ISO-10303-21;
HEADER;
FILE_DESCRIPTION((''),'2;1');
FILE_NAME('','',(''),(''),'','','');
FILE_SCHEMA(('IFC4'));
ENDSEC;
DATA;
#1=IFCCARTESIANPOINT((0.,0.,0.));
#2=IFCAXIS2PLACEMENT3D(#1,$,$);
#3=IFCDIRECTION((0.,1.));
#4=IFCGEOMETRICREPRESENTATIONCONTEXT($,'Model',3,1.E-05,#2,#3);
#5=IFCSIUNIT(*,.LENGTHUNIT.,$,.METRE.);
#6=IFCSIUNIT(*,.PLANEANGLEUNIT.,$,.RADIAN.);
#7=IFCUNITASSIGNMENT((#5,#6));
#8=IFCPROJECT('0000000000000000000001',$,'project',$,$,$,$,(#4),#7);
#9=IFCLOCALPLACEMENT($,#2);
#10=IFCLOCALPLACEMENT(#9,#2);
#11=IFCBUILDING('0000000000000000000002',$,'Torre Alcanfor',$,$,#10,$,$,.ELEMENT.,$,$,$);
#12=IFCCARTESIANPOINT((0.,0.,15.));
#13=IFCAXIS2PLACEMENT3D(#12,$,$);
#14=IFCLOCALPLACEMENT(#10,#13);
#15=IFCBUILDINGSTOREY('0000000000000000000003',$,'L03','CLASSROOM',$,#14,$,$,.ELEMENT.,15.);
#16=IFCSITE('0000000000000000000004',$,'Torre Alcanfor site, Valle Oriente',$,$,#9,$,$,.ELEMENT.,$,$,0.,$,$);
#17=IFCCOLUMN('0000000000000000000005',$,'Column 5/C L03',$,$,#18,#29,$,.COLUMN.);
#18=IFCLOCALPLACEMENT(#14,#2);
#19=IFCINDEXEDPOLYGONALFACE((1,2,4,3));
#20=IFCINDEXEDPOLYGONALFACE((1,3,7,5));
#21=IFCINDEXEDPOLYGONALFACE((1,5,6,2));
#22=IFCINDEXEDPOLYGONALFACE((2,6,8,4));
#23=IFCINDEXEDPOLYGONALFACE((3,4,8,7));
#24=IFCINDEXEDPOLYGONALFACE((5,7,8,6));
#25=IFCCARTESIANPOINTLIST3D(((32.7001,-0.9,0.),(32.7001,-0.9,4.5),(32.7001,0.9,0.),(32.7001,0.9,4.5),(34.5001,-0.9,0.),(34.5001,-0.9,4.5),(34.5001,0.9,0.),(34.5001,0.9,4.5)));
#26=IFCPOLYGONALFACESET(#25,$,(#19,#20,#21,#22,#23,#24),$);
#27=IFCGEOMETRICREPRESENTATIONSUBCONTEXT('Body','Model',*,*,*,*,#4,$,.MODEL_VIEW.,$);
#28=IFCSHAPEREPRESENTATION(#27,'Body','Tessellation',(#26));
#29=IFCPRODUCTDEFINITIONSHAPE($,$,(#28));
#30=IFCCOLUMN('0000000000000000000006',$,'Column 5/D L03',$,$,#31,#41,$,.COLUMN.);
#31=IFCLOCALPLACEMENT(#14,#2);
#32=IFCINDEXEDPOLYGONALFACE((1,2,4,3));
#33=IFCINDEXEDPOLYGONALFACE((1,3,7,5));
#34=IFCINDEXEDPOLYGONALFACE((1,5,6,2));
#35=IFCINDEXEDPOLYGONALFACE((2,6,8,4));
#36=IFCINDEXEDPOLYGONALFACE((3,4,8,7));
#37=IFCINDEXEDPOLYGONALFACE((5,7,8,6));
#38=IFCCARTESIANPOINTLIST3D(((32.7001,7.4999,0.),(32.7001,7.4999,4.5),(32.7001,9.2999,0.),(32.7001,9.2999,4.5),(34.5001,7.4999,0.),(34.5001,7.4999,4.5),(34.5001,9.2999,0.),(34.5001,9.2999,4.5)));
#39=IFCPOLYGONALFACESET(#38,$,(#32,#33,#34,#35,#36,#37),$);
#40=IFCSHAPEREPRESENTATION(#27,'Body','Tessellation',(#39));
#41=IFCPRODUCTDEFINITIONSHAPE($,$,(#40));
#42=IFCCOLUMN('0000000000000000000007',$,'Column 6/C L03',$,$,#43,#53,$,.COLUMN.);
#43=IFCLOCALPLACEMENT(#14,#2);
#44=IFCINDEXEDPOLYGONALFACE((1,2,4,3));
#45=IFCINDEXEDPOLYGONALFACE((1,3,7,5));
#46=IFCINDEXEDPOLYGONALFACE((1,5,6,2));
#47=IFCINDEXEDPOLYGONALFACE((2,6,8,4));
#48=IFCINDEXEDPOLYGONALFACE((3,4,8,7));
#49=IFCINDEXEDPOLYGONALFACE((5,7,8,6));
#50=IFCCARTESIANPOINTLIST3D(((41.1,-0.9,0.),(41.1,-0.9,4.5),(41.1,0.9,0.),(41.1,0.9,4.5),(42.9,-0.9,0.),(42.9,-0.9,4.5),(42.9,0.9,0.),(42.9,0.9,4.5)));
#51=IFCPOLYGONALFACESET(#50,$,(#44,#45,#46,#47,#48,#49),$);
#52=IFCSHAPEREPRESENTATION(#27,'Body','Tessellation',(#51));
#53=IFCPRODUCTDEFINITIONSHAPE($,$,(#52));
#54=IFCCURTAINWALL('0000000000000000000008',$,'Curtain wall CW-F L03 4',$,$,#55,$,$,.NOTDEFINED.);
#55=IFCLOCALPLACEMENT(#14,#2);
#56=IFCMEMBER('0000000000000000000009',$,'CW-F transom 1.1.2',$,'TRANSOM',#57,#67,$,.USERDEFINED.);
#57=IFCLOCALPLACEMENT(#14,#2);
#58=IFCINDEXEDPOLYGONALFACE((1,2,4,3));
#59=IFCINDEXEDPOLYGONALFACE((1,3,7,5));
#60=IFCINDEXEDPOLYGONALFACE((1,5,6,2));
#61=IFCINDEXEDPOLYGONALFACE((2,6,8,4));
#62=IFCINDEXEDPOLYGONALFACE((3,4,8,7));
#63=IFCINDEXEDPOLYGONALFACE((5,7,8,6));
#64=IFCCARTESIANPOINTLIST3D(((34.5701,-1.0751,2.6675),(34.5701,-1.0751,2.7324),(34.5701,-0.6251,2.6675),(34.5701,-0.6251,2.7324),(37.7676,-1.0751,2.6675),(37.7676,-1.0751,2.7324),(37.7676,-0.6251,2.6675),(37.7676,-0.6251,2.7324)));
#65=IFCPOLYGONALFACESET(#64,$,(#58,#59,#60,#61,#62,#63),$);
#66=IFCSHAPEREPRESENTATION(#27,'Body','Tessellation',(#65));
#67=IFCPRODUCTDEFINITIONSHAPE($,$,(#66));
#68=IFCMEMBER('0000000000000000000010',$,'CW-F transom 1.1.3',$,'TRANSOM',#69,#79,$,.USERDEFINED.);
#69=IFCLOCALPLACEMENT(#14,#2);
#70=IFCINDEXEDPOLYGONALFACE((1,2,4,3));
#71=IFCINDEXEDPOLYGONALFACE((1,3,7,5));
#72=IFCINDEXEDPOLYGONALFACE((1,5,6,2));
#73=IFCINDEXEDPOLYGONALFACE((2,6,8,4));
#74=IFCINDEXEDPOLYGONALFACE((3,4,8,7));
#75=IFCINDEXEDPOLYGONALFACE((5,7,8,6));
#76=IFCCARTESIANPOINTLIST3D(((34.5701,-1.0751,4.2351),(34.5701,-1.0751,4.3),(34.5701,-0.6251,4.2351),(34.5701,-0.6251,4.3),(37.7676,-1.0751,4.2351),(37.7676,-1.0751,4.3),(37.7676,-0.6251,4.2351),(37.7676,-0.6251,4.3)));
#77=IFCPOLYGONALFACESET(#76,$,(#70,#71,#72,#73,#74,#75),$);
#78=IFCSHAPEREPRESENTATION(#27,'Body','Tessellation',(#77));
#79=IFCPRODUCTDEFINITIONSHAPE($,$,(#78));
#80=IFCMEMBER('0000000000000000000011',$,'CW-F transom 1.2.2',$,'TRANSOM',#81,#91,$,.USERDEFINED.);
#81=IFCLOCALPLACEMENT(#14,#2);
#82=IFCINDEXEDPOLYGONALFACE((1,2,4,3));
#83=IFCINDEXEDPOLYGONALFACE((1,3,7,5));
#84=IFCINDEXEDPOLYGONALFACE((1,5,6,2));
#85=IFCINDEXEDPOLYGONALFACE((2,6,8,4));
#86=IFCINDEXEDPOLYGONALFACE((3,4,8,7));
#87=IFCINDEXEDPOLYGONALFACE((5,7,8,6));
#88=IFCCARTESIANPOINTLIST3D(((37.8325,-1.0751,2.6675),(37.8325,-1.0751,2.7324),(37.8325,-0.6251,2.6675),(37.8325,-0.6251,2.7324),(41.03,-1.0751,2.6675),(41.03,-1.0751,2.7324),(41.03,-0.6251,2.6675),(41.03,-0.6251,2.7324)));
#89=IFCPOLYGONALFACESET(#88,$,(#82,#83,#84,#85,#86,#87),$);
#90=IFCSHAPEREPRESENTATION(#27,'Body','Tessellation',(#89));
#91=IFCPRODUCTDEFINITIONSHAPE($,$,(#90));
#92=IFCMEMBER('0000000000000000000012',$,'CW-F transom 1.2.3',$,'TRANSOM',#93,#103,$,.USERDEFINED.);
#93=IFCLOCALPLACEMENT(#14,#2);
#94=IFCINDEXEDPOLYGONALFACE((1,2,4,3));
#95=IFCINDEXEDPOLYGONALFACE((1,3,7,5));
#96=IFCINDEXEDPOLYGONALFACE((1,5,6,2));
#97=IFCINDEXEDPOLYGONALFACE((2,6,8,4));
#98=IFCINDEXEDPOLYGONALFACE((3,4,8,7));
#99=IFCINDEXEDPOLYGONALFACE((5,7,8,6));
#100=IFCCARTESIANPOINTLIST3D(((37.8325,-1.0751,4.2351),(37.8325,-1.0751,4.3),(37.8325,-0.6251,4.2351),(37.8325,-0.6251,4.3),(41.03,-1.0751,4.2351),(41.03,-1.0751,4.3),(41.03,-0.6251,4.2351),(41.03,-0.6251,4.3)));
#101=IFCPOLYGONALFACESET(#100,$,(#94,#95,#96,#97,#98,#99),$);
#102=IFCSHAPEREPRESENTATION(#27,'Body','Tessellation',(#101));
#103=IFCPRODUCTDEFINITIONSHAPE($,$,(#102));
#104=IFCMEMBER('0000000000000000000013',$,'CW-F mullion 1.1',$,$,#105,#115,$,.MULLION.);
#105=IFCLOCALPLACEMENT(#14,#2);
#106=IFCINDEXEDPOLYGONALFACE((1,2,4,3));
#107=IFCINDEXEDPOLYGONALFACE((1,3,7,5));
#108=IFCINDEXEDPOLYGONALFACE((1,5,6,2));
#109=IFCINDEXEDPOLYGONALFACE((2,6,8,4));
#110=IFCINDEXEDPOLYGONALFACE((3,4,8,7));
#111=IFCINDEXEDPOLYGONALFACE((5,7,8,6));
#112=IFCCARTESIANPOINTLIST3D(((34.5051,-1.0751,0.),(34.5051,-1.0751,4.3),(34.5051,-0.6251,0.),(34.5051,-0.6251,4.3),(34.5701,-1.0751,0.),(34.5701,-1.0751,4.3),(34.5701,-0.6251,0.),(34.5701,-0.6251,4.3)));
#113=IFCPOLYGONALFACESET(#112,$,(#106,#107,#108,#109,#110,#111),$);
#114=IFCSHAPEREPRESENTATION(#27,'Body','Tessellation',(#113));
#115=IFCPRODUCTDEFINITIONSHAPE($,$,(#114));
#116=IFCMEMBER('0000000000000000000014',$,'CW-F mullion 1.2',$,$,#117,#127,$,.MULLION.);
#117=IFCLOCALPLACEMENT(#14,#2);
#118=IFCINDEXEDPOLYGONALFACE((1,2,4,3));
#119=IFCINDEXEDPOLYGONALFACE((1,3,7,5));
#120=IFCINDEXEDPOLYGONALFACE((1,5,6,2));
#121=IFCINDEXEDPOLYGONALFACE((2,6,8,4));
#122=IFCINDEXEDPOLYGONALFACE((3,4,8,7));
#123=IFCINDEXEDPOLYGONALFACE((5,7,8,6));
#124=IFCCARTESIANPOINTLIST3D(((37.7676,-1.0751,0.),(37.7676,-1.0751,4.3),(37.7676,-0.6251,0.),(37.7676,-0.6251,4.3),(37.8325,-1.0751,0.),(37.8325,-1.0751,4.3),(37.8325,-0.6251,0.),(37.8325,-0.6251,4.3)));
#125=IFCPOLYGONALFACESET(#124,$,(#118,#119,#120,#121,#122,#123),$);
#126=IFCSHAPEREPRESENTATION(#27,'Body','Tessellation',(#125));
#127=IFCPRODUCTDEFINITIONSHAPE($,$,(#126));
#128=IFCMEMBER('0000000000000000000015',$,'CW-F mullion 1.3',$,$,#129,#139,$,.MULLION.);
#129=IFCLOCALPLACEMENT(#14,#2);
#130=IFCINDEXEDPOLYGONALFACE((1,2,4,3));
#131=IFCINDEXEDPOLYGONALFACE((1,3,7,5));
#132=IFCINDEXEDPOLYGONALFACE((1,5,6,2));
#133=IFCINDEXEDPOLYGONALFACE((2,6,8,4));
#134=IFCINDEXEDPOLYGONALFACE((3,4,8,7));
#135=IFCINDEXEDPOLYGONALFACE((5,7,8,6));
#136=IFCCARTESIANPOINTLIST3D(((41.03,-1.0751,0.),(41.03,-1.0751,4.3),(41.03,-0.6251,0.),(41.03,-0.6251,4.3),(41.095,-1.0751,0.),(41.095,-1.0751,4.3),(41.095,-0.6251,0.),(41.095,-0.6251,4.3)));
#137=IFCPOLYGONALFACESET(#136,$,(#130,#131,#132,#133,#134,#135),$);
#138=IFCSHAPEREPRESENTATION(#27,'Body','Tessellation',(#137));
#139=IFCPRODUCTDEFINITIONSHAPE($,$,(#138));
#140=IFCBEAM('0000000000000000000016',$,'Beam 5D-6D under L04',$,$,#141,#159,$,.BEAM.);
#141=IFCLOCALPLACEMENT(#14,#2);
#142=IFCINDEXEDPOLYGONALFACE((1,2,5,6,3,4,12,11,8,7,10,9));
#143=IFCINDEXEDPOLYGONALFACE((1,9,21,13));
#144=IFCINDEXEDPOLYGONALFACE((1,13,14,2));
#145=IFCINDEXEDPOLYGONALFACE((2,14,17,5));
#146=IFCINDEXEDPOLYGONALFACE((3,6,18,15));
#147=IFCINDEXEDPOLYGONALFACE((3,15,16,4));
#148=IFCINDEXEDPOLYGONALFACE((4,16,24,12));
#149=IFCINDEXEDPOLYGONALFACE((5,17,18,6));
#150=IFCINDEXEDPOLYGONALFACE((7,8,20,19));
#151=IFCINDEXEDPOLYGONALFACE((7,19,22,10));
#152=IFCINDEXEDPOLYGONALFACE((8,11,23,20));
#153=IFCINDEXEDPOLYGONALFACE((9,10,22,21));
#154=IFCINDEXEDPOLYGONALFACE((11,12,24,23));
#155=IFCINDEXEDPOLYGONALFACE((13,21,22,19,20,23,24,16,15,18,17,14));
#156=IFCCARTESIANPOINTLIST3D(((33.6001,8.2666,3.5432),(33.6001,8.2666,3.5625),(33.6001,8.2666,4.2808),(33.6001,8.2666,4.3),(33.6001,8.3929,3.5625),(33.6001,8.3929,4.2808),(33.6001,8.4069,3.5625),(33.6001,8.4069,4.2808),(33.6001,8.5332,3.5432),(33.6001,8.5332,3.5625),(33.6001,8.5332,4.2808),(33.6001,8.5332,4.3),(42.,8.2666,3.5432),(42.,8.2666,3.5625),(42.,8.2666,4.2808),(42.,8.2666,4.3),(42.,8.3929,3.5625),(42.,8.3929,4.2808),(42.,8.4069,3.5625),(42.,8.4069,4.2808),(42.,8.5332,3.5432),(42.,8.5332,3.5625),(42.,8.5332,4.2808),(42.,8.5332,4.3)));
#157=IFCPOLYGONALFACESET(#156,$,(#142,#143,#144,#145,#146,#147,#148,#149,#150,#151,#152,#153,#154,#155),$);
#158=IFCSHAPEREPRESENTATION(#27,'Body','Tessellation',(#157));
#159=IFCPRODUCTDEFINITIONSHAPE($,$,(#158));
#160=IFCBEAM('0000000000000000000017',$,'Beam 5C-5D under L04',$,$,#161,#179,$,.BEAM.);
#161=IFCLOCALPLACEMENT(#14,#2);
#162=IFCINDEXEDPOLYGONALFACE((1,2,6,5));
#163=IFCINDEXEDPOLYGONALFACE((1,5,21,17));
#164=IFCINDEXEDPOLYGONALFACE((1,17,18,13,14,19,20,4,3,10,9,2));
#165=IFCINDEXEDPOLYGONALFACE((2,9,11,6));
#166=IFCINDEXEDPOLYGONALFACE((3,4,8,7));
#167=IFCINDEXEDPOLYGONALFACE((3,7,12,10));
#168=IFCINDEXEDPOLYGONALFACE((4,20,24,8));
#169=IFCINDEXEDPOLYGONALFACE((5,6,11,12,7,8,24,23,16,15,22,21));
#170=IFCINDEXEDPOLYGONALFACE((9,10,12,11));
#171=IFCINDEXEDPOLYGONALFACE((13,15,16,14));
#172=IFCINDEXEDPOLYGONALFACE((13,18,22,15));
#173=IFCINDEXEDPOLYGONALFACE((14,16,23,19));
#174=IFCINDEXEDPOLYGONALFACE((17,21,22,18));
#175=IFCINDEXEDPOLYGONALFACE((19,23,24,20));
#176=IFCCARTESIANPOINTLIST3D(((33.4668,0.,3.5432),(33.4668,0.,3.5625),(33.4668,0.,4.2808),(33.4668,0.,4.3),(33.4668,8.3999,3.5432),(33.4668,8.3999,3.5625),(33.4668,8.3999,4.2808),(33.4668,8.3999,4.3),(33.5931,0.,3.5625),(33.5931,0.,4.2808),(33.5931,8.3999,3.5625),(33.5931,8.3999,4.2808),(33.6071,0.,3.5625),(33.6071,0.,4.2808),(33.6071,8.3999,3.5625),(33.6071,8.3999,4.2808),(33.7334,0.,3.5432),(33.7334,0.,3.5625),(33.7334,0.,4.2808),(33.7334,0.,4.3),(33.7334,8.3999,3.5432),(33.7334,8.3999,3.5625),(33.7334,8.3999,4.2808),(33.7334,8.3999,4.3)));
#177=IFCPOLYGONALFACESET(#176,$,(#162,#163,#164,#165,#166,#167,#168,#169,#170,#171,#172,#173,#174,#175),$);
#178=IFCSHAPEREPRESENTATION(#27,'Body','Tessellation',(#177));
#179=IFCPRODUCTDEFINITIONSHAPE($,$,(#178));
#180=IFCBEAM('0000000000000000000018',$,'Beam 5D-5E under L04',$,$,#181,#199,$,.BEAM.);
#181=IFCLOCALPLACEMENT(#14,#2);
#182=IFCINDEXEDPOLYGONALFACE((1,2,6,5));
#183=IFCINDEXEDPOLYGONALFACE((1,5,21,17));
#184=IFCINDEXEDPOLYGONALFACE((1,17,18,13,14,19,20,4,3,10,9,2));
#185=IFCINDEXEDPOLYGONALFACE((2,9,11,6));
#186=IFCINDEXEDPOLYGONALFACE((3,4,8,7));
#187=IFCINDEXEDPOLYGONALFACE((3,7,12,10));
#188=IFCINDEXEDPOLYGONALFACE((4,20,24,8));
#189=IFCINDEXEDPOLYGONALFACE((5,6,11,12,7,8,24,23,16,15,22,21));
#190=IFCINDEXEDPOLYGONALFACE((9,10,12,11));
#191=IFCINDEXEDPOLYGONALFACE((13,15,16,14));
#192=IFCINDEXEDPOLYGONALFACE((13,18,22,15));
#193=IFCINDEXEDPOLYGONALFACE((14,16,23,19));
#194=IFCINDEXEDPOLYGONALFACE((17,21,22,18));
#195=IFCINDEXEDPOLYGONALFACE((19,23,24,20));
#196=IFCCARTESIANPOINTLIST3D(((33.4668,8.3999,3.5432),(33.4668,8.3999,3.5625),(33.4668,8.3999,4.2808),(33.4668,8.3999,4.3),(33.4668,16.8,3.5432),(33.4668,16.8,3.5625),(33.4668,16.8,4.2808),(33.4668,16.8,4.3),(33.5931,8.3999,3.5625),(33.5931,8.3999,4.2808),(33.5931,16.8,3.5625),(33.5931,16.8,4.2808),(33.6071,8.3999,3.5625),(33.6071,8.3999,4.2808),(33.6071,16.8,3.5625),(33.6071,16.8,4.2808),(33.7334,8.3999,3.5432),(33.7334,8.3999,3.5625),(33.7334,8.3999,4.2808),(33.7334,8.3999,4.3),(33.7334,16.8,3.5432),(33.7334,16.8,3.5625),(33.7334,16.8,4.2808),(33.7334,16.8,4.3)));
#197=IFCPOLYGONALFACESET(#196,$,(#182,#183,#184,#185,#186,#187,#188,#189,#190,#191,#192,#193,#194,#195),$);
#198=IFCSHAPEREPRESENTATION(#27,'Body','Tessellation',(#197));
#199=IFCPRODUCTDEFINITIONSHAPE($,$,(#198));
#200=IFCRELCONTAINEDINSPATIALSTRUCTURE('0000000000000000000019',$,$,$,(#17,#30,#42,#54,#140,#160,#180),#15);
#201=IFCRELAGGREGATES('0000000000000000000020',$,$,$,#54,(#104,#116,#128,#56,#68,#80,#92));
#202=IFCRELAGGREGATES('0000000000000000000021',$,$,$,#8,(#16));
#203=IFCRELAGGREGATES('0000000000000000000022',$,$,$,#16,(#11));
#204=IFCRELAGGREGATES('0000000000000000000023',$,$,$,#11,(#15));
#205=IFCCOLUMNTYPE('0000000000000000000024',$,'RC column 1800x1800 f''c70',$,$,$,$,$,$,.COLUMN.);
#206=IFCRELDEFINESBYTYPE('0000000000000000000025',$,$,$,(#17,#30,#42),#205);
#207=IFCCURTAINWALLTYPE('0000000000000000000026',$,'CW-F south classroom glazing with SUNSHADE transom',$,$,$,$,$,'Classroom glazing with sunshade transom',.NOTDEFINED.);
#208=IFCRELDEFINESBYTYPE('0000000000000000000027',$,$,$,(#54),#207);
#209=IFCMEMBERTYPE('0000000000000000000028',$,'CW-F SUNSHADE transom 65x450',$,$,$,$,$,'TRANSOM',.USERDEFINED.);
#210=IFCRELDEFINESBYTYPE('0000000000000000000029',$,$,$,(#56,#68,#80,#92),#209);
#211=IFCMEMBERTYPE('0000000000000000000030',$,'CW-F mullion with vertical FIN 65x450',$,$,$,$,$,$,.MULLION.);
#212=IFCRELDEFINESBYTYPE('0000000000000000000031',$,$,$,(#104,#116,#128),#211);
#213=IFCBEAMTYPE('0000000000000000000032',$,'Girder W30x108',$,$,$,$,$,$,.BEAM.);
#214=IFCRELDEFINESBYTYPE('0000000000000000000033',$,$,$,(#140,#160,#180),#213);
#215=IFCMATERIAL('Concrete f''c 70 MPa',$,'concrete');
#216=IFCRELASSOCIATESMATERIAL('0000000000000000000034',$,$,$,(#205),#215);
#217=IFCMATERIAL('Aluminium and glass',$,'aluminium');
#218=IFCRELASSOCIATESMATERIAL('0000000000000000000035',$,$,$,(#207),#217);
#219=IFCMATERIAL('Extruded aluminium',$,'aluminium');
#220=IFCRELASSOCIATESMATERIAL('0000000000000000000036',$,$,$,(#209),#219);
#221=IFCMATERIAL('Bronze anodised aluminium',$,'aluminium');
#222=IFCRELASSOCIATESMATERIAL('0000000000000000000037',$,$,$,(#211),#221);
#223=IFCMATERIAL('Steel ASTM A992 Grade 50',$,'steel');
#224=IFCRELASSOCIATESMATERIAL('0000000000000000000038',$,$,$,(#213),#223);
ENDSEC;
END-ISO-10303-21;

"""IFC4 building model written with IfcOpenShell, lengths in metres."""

from ifc_helpers import new_model, si_unit, direction, frame, origin, origin_2d, place, context, subcontext, project, spatial, rectangle, i_section, extrude, material, material_profile, profile_set, type_object, element, aggregate, save


model = new_model("IFC4")

# Units and contexts
model_context = context("Model", 3, precision=1e-05, world=origin(), true_north=direction((0.0, 1.0)))
body_context = subcontext(model_context, "Body", "Model", "MODEL_VIEW")
ifc_project = project(units=[si_unit("LENGTHUNIT", "METRE"), si_unit("PLANEANGLEUNIT", "RADIAN")], contexts=[model_context])

# Site, building, storey
site_placement = place(None, origin())
site = spatial("IfcSite", under=ifc_project, at=site_placement, Name="Torre Alcanfor site, Valle Oriente", CompositionType="ELEMENT", RefElevation=0.0)
building_placement = place(site_placement, origin())
building = spatial("IfcBuilding", under=site, at=building_placement, Name="Torre Alcanfor", CompositionType="ELEMENT")
storey_placement = place(building_placement, frame((0.0, 0.0, 15.0)))
storey = spatial("IfcBuildingStorey", under=building, at=storey_placement, Name="L03", Description="CLASSROOM", CompositionType="ELEMENT", Elevation=15.0)

# Columns
ifc_material_1 = material(Name="Concrete f'c 70 MPa", Category="concrete")
ifc_material_profile_1 = material_profile(ifc_material_1, rectangle(XDim=1.8, YDim=1.8, at=origin_2d()), Name="1800x1800")
ifc_profile_set_1 = profile_set([ifc_material_profile_1], Name="Concrete f'c 70 MPa")
column_type = type_object("IfcColumnType", Name="RC column 1800x1800 f'c70", PredefinedType="COLUMN", material=ifc_profile_set_1)
for number, where, z_axis, x_axis, name in (
    (1, (33.6001, 0.0, 0.0), (0.0, 0.0, 1.0), (1.0, 0.0, 0.0), "Column 5/C L03"),
    (2, (33.6001, 8.3999, 0.0), (0.0, 0.0, 1.0), (1.0, 0.0, 0.0), "Column 5/D L03"),
    (3, (42.0, 0.0, 0.0), (0.0, 0.0, 1.0), (1.0, 0.0, 0.0), "Column 6/C L03"),
):
    element("IfcColumn", number, at=place(storey_placement, frame(where, z_axis=z_axis, x_axis=x_axis)), inside=storey, type_object=column_type, Name=name, PredefinedType="COLUMN", context=body_context, shape_type="SweptSolid", body=[
        extrude(rectangle(XDim=1.8, YDim=1.8, at=origin_2d()), origin(), (0.0, 0.0, 1.0), 4.5),
    ])

# Curtain wall, members
ifc_material_2 = material(Name="Aluminium and glass", Category="aluminium")
curtain_wall_type = type_object("IfcCurtainWallType", Name="CW-F south classroom glazing with SUNSHADE transom", ElementType="Classroom glazing with sunshade transom", PredefinedType="NOTDEFINED", material=ifc_material_2)
curtain_wall_placement = place(storey_placement, origin())
curtain_wall = element("IfcCurtainWall", 4, at=curtain_wall_placement, inside=storey, type_object=curtain_wall_type, Name="Curtain wall CW-F L03 4", PredefinedType="NOTDEFINED")
ifc_material_3 = material(Name="Extruded aluminium", Category="aluminium")
ifc_material_profile_2 = material_profile(ifc_material_3, rectangle(XDim=0.45, YDim=0.0649, at=origin_2d()), Name="CW-F transom 450x65")
ifc_profile_set_2 = profile_set([ifc_material_profile_2], Name="Extruded aluminium")
member_type_1 = type_object("IfcMemberType", Name="CW-F SUNSHADE transom 65x450", ElementType="TRANSOM", PredefinedType="USERDEFINED", material=ifc_profile_set_2)
member_1_placement = place(storey_placement, frame((34.5701, -0.8501, 2.7), z_axis=(1.0, 0.0, 0.0), x_axis=(0.0, 1.0, 0.0)))
member_1 = element("IfcMember", 5, at=member_1_placement, type_object=member_type_1, Name="CW-F transom 1.1.2", ObjectType="TRANSOM", PredefinedType="USERDEFINED", context=body_context, shape_type="SweptSolid", body=[
    extrude(rectangle(XDim=0.45, YDim=0.0649, at=origin_2d()), origin(), (0.0, 0.0, 1.0), 3.1975),
])
member_2_placement = place(storey_placement, frame((34.5701, -0.8501, 4.2676), z_axis=(1.0, 0.0, 0.0), x_axis=(0.0, 1.0, 0.0)))
member_2 = element("IfcMember", 6, at=member_2_placement, type_object=member_type_1, Name="CW-F transom 1.1.3", ObjectType="TRANSOM", PredefinedType="USERDEFINED", context=body_context, shape_type="SweptSolid", body=[
    extrude(rectangle(XDim=0.45, YDim=0.0649, at=origin_2d()), origin(), (0.0, 0.0, 1.0), 3.1975),
])
member_3_placement = place(storey_placement, frame((37.8325, -0.8501, 2.7), z_axis=(1.0, 0.0, 0.0), x_axis=(0.0, 1.0, 0.0)))
member_3 = element("IfcMember", 7, at=member_3_placement, type_object=member_type_1, Name="CW-F transom 1.2.2", ObjectType="TRANSOM", PredefinedType="USERDEFINED", context=body_context, shape_type="SweptSolid", body=[
    extrude(rectangle(XDim=0.45, YDim=0.0649, at=origin_2d()), origin(), (0.0, 0.0, 1.0), 3.1975),
])
member_4_placement = place(storey_placement, frame((37.8325, -0.8501, 4.2676), z_axis=(1.0, 0.0, 0.0), x_axis=(0.0, 1.0, 0.0)))
member_4 = element("IfcMember", 8, at=member_4_placement, type_object=member_type_1, Name="CW-F transom 1.2.3", ObjectType="TRANSOM", PredefinedType="USERDEFINED", context=body_context, shape_type="SweptSolid", body=[
    extrude(rectangle(XDim=0.45, YDim=0.0649, at=origin_2d()), origin(), (0.0, 0.0, 1.0), 3.1975),
])
ifc_material_4 = material(Name="Bronze anodised aluminium", Category="aluminium")
ifc_material_profile_3 = material_profile(ifc_material_4, rectangle(XDim=0.45, YDim=0.0649, at=origin_2d()), Name="CW-F mullion 65x450")
ifc_profile_set_3 = profile_set([ifc_material_profile_3], Name="Bronze anodised aluminium")
member_type_2 = type_object("IfcMemberType", Name="CW-F mullion with vertical FIN 65x450", PredefinedType="MULLION", material=ifc_profile_set_3)
member_5_placement = place(storey_placement, frame((34.5376, -0.8501, 0.0), z_axis=(0.0, 0.0, 1.0), x_axis=(0.0, 1.0, 0.0)))
member_5 = element("IfcMember", 9, at=member_5_placement, type_object=member_type_2, Name="CW-F mullion 1.1", PredefinedType="MULLION", context=body_context, shape_type="SweptSolid", body=[
    extrude(rectangle(XDim=0.45, YDim=0.0649, at=origin_2d()), origin(), (0.0, 0.0, 1.0), 4.3),
])
member_6_placement = place(storey_placement, frame((37.8, -0.8501, 0.0), z_axis=(0.0, 0.0, 1.0), x_axis=(0.0, 1.0, 0.0)))
member_6 = element("IfcMember", 10, at=member_6_placement, type_object=member_type_2, Name="CW-F mullion 1.2", PredefinedType="MULLION", context=body_context, shape_type="SweptSolid", body=[
    extrude(rectangle(XDim=0.45, YDim=0.0649, at=origin_2d()), origin(), (0.0, 0.0, 1.0), 4.3),
])
member_7_placement = place(storey_placement, frame((41.0625, -0.8501, 0.0), z_axis=(0.0, 0.0, 1.0), x_axis=(0.0, 1.0, 0.0)))
member_7 = element("IfcMember", 11, at=member_7_placement, type_object=member_type_2, Name="CW-F mullion 1.3", PredefinedType="MULLION", context=body_context, shape_type="SweptSolid", body=[
    extrude(rectangle(XDim=0.45, YDim=0.0649, at=origin_2d()), origin(), (0.0, 0.0, 1.0), 4.3),
])

# Beams
ifc_material_5 = material(Name="Steel ASTM A992 Grade 50", Category="steel")
ifc_material_profile_4 = material_profile(ifc_material_5, i_section(OverallWidth=0.2666, OverallDepth=0.7568, WebThickness=0.0139, FlangeThickness=0.0193, at=origin_2d()), Name="W30x108")
ifc_profile_set_4 = profile_set([ifc_material_profile_4], Name="Steel ASTM A992 Grade 50")
beam_type_1 = type_object("IfcBeamType", Name="Girder W30x108", PredefinedType="BEAM", material=ifc_profile_set_4)
for number, where, z_axis, x_axis, name in (
    (12, (33.6001, 8.3999, 3.9216), (1.0, 0.0, 0.0), (0.0, 1.0, 0.0), "Beam 5D-6D under L04"),
    (13, (33.6001, 0.0, 3.9216), (0.0, 1.0, 0.0), (-1.0, 0.0, 0.0), "Beam 5C-5D under L04"),
):
    element("IfcBeam", number, at=place(storey_placement, frame(where, z_axis=z_axis, x_axis=x_axis)), inside=storey, type_object=beam_type_1, Name=name, PredefinedType="BEAM", context=body_context, shape_type="SweptSolid", body=[
        extrude(i_section(OverallWidth=0.2666, OverallDepth=0.7568, WebThickness=0.0139, FlangeThickness=0.0193, at=origin_2d()), origin(), (0.0, 0.0, 1.0), 8.3999),
    ])
beam_1_placement = place(storey_placement, frame((33.6001, 8.3999, 3.9216), z_axis=(0.0, 1.0, 0.0), x_axis=(-1.0, 0.0, 0.0)))
element("IfcBeam", 14, at=beam_1_placement, inside=storey, type_object=beam_type_1, Name="Beam 5D-5E under L04", PredefinedType="BEAM", context=body_context, shape_type="SweptSolid", body=[
    extrude(i_section(OverallWidth=0.2666, OverallDepth=0.7568, WebThickness=0.0139, FlangeThickness=0.0193, at=origin_2d()), origin(), (0.0, 0.0, 1.0), 8.4001),
])

aggregate(curtain_wall, [member_5, member_6, member_7, member_1, member_2, member_3, member_4])

save(model, "model.ifc")
